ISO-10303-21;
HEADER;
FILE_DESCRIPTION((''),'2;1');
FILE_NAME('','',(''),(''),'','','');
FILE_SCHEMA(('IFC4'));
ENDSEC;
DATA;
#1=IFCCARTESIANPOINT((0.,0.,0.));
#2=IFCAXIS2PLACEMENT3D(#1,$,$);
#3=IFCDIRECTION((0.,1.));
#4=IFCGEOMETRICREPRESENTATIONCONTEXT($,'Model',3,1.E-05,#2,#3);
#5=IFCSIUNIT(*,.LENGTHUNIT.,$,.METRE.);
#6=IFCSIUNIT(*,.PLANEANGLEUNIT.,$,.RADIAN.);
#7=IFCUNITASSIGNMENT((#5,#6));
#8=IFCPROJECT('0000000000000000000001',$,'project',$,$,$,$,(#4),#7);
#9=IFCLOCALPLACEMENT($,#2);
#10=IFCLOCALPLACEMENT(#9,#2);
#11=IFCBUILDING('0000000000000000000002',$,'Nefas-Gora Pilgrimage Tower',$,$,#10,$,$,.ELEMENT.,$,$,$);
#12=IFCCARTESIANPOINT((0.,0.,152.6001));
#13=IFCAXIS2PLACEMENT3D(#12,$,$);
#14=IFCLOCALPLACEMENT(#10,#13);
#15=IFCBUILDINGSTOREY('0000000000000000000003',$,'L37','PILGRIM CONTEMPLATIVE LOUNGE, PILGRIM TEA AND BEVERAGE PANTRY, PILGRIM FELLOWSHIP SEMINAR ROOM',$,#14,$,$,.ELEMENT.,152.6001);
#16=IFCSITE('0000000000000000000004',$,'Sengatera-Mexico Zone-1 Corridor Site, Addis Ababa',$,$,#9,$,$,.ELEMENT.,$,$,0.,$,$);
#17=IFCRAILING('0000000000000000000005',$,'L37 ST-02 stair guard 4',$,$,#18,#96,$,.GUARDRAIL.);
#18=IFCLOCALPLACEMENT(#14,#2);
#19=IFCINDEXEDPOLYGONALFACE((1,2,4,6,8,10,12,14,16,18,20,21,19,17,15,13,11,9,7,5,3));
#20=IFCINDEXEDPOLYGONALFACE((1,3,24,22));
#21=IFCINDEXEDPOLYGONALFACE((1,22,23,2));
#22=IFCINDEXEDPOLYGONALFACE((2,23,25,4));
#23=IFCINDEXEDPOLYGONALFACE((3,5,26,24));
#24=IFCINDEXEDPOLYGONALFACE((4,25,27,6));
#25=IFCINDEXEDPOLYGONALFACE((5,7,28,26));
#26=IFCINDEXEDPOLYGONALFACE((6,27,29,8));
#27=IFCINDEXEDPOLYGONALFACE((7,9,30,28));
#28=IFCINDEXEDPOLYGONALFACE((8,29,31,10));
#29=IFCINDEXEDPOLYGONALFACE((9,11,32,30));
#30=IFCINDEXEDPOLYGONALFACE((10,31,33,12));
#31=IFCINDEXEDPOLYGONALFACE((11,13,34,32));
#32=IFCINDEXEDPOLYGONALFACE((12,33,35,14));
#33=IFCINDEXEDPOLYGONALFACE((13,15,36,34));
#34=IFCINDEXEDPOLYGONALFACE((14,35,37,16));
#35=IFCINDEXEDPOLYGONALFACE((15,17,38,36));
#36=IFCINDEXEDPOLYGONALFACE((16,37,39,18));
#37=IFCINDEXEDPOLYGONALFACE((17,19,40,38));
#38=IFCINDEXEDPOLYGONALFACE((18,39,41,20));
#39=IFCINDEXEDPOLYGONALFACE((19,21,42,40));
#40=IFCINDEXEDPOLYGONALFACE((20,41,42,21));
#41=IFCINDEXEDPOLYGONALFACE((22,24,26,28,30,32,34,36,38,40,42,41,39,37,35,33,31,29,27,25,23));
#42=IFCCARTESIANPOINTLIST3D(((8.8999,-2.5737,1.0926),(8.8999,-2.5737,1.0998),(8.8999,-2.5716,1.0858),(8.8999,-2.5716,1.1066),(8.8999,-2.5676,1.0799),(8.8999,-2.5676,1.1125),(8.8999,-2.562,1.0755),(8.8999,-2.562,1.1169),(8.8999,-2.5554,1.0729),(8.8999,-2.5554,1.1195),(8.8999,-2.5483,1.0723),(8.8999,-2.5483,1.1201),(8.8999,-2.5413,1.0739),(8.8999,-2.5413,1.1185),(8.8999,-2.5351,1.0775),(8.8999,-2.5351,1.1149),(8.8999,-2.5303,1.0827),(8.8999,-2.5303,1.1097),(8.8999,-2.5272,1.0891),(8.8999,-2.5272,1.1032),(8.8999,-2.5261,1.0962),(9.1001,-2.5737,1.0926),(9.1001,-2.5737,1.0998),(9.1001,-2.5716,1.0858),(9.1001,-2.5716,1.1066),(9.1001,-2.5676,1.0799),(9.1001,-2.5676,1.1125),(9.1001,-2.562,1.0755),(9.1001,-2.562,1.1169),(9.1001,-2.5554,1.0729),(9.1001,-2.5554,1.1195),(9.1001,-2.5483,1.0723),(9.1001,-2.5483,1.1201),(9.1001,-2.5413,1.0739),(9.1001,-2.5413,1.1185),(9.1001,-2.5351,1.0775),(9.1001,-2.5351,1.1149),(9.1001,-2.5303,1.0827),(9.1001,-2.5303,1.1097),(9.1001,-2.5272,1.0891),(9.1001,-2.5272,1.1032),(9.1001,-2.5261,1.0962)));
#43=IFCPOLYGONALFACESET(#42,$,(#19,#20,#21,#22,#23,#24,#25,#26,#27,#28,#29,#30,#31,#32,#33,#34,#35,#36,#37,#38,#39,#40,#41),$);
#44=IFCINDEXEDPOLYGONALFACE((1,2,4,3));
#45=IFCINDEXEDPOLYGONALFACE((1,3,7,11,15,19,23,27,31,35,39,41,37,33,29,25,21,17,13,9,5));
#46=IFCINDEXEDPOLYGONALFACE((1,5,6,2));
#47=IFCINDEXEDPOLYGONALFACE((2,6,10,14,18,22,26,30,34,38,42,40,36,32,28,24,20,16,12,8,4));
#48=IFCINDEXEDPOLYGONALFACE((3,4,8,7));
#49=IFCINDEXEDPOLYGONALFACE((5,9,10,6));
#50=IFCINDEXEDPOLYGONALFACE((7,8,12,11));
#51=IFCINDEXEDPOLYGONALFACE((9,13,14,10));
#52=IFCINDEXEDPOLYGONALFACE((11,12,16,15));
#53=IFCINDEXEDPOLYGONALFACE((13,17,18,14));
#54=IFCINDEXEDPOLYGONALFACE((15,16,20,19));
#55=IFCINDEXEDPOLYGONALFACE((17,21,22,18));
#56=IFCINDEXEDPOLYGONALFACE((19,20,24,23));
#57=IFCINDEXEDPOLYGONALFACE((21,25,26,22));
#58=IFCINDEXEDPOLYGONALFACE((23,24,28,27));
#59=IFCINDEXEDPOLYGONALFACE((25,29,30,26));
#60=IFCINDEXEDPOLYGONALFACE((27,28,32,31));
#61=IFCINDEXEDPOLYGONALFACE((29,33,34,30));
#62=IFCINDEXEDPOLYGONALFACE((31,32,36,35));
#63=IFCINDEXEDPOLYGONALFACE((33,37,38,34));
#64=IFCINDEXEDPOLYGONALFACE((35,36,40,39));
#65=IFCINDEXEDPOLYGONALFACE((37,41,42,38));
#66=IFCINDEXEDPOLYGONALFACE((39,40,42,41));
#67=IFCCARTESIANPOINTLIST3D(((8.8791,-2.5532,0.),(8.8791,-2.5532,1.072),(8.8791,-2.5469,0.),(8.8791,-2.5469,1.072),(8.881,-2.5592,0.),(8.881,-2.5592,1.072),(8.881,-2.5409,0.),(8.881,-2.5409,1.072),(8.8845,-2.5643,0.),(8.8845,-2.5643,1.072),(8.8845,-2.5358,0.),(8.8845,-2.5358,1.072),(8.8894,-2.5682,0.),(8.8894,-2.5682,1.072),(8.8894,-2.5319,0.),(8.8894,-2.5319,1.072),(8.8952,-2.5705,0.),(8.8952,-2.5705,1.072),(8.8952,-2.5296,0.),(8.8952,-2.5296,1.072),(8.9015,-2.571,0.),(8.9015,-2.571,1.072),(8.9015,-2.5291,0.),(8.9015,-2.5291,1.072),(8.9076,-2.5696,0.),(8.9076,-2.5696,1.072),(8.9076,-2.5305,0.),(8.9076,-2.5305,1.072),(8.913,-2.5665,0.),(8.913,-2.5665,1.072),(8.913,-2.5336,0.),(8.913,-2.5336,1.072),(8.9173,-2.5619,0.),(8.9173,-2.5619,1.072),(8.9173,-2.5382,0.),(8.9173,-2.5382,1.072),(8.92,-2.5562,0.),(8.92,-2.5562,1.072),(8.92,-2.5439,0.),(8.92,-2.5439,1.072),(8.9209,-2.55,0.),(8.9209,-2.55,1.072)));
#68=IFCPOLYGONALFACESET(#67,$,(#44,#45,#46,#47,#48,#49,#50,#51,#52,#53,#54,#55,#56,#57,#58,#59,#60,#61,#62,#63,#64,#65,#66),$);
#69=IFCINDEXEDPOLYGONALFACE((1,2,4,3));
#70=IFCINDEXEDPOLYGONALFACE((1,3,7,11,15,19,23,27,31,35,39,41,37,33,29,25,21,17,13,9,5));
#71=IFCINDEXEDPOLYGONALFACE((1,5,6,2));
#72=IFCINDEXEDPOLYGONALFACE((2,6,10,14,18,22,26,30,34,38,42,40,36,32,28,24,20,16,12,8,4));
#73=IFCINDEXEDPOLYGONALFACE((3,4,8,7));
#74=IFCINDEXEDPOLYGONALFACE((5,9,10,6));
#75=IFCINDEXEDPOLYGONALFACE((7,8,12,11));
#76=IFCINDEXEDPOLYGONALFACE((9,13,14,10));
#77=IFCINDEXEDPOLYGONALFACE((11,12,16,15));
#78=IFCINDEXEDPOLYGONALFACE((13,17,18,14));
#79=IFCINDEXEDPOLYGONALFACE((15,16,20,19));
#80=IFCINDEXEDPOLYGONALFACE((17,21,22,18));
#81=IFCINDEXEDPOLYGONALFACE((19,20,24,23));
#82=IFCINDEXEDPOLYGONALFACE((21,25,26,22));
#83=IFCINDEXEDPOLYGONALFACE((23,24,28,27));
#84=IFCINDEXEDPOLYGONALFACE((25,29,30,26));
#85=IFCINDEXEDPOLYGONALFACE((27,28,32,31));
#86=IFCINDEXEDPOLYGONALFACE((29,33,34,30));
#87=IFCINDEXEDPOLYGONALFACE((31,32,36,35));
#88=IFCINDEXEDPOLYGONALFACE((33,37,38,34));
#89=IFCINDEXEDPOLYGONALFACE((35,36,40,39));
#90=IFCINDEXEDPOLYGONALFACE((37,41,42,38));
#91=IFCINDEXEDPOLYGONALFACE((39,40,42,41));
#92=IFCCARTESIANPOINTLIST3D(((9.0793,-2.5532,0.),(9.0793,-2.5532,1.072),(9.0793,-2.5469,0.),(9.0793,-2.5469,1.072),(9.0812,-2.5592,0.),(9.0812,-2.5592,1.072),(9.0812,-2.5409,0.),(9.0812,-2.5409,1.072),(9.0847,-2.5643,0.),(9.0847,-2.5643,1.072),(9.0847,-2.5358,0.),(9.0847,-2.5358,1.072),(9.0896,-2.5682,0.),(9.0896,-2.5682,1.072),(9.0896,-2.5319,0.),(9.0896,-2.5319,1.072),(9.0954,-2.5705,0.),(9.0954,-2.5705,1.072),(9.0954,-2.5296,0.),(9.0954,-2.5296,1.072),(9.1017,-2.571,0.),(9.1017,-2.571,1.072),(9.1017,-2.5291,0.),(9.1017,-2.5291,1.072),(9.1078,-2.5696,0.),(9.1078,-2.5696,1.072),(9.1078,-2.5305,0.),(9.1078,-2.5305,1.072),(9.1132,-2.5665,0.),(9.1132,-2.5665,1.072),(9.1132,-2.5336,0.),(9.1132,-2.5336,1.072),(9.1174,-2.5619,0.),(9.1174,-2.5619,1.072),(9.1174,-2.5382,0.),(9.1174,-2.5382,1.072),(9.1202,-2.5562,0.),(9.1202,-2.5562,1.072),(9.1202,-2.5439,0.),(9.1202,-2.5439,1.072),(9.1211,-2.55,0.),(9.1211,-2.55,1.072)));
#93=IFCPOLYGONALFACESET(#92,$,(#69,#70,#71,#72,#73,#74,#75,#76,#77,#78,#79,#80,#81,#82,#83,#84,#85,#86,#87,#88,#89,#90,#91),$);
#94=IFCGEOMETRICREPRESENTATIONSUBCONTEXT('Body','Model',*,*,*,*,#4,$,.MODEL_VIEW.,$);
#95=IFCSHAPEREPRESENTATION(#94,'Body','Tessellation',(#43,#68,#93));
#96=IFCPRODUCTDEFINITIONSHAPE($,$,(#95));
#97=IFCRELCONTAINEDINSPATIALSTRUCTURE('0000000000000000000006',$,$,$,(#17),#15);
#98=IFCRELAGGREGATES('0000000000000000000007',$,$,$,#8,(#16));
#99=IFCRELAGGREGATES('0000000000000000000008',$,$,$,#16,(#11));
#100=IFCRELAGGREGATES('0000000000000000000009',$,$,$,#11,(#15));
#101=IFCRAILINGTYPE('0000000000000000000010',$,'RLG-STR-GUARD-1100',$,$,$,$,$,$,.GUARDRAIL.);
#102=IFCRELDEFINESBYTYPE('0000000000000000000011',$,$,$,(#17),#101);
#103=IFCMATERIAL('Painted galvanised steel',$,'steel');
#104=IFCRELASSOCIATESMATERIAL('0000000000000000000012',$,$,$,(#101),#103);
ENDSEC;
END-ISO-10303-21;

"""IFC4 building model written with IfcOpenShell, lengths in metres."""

from ifc_helpers import new_model, si_unit, direction, frame, origin, origin_2d, place, context, subcontext, project, spatial, circle, extrude, material, type_object, element, save


model = new_model("IFC4")

# Units and contexts
model_context = context("Model", 3, precision=1e-05, world=origin(), true_north=direction((0.0, 1.0)))
body_context = subcontext(model_context, "Body", "Model", "MODEL_VIEW")
ifc_project = project(units=[si_unit("LENGTHUNIT", "METRE"), si_unit("PLANEANGLEUNIT", "RADIAN")], contexts=[model_context])

# Site, building, storey
site_placement = place(None, origin())
site = spatial("IfcSite", under=ifc_project, at=site_placement, Name="Sengatera-Mexico Zone-1 Corridor Site, Addis Ababa", CompositionType="ELEMENT", RefElevation=0.0)
building_placement = place(site_placement, origin())
building = spatial("IfcBuilding", under=site, at=building_placement, Name="Nefas-Gora Pilgrimage Tower", CompositionType="ELEMENT")
storey_placement = place(building_placement, frame((0.0, 0.0, 152.6001)))
storey = spatial("IfcBuildingStorey", under=building, at=storey_placement, Name="L37", Description="PILGRIM CONTEMPLATIVE LOUNGE, PILGRIM TEA AND BEVERAGE PANTRY, PILGRIM FELLOWSHIP SEMINAR ROOM", CompositionType="ELEMENT", Elevation=152.6001)

# Railing
ifc_material_1 = material(Name="Painted galvanised steel", Category="steel")
railing_type_1 = type_object("IfcRailingType", Name="RLG-STR-GUARD-1100", PredefinedType="GUARDRAIL", material=ifc_material_1)
railing_1_placement = place(storey_placement, frame((8.8999, -2.55, 0.0)))
element("IfcRailing", 1, at=railing_1_placement, inside=storey, type_object=railing_type_1, Name="L37 ST-02 stair guard 4", PredefinedType="GUARDRAIL", context=body_context, shape_type="SweptSolid", body=[
    extrude(circle(Radius=0.0239, at=origin_2d()), frame((0.0, 0.0, 1.0962), z_axis=(1.0, 0.0, 0.0), x_axis=(0.0, 1.0, 0.0)), (0.0, 0.0, 1.0), 0.2002),
    extrude(circle(Radius=0.021, at=origin_2d()), origin(), (0.0, 0.0, 1.0), 1.072),
    extrude(circle(Radius=0.021, at=origin_2d()), frame((0.2002, 0.0, 0.0)), (0.0, 0.0, 1.0), 1.072),
])

save(model, "model.ifc")
